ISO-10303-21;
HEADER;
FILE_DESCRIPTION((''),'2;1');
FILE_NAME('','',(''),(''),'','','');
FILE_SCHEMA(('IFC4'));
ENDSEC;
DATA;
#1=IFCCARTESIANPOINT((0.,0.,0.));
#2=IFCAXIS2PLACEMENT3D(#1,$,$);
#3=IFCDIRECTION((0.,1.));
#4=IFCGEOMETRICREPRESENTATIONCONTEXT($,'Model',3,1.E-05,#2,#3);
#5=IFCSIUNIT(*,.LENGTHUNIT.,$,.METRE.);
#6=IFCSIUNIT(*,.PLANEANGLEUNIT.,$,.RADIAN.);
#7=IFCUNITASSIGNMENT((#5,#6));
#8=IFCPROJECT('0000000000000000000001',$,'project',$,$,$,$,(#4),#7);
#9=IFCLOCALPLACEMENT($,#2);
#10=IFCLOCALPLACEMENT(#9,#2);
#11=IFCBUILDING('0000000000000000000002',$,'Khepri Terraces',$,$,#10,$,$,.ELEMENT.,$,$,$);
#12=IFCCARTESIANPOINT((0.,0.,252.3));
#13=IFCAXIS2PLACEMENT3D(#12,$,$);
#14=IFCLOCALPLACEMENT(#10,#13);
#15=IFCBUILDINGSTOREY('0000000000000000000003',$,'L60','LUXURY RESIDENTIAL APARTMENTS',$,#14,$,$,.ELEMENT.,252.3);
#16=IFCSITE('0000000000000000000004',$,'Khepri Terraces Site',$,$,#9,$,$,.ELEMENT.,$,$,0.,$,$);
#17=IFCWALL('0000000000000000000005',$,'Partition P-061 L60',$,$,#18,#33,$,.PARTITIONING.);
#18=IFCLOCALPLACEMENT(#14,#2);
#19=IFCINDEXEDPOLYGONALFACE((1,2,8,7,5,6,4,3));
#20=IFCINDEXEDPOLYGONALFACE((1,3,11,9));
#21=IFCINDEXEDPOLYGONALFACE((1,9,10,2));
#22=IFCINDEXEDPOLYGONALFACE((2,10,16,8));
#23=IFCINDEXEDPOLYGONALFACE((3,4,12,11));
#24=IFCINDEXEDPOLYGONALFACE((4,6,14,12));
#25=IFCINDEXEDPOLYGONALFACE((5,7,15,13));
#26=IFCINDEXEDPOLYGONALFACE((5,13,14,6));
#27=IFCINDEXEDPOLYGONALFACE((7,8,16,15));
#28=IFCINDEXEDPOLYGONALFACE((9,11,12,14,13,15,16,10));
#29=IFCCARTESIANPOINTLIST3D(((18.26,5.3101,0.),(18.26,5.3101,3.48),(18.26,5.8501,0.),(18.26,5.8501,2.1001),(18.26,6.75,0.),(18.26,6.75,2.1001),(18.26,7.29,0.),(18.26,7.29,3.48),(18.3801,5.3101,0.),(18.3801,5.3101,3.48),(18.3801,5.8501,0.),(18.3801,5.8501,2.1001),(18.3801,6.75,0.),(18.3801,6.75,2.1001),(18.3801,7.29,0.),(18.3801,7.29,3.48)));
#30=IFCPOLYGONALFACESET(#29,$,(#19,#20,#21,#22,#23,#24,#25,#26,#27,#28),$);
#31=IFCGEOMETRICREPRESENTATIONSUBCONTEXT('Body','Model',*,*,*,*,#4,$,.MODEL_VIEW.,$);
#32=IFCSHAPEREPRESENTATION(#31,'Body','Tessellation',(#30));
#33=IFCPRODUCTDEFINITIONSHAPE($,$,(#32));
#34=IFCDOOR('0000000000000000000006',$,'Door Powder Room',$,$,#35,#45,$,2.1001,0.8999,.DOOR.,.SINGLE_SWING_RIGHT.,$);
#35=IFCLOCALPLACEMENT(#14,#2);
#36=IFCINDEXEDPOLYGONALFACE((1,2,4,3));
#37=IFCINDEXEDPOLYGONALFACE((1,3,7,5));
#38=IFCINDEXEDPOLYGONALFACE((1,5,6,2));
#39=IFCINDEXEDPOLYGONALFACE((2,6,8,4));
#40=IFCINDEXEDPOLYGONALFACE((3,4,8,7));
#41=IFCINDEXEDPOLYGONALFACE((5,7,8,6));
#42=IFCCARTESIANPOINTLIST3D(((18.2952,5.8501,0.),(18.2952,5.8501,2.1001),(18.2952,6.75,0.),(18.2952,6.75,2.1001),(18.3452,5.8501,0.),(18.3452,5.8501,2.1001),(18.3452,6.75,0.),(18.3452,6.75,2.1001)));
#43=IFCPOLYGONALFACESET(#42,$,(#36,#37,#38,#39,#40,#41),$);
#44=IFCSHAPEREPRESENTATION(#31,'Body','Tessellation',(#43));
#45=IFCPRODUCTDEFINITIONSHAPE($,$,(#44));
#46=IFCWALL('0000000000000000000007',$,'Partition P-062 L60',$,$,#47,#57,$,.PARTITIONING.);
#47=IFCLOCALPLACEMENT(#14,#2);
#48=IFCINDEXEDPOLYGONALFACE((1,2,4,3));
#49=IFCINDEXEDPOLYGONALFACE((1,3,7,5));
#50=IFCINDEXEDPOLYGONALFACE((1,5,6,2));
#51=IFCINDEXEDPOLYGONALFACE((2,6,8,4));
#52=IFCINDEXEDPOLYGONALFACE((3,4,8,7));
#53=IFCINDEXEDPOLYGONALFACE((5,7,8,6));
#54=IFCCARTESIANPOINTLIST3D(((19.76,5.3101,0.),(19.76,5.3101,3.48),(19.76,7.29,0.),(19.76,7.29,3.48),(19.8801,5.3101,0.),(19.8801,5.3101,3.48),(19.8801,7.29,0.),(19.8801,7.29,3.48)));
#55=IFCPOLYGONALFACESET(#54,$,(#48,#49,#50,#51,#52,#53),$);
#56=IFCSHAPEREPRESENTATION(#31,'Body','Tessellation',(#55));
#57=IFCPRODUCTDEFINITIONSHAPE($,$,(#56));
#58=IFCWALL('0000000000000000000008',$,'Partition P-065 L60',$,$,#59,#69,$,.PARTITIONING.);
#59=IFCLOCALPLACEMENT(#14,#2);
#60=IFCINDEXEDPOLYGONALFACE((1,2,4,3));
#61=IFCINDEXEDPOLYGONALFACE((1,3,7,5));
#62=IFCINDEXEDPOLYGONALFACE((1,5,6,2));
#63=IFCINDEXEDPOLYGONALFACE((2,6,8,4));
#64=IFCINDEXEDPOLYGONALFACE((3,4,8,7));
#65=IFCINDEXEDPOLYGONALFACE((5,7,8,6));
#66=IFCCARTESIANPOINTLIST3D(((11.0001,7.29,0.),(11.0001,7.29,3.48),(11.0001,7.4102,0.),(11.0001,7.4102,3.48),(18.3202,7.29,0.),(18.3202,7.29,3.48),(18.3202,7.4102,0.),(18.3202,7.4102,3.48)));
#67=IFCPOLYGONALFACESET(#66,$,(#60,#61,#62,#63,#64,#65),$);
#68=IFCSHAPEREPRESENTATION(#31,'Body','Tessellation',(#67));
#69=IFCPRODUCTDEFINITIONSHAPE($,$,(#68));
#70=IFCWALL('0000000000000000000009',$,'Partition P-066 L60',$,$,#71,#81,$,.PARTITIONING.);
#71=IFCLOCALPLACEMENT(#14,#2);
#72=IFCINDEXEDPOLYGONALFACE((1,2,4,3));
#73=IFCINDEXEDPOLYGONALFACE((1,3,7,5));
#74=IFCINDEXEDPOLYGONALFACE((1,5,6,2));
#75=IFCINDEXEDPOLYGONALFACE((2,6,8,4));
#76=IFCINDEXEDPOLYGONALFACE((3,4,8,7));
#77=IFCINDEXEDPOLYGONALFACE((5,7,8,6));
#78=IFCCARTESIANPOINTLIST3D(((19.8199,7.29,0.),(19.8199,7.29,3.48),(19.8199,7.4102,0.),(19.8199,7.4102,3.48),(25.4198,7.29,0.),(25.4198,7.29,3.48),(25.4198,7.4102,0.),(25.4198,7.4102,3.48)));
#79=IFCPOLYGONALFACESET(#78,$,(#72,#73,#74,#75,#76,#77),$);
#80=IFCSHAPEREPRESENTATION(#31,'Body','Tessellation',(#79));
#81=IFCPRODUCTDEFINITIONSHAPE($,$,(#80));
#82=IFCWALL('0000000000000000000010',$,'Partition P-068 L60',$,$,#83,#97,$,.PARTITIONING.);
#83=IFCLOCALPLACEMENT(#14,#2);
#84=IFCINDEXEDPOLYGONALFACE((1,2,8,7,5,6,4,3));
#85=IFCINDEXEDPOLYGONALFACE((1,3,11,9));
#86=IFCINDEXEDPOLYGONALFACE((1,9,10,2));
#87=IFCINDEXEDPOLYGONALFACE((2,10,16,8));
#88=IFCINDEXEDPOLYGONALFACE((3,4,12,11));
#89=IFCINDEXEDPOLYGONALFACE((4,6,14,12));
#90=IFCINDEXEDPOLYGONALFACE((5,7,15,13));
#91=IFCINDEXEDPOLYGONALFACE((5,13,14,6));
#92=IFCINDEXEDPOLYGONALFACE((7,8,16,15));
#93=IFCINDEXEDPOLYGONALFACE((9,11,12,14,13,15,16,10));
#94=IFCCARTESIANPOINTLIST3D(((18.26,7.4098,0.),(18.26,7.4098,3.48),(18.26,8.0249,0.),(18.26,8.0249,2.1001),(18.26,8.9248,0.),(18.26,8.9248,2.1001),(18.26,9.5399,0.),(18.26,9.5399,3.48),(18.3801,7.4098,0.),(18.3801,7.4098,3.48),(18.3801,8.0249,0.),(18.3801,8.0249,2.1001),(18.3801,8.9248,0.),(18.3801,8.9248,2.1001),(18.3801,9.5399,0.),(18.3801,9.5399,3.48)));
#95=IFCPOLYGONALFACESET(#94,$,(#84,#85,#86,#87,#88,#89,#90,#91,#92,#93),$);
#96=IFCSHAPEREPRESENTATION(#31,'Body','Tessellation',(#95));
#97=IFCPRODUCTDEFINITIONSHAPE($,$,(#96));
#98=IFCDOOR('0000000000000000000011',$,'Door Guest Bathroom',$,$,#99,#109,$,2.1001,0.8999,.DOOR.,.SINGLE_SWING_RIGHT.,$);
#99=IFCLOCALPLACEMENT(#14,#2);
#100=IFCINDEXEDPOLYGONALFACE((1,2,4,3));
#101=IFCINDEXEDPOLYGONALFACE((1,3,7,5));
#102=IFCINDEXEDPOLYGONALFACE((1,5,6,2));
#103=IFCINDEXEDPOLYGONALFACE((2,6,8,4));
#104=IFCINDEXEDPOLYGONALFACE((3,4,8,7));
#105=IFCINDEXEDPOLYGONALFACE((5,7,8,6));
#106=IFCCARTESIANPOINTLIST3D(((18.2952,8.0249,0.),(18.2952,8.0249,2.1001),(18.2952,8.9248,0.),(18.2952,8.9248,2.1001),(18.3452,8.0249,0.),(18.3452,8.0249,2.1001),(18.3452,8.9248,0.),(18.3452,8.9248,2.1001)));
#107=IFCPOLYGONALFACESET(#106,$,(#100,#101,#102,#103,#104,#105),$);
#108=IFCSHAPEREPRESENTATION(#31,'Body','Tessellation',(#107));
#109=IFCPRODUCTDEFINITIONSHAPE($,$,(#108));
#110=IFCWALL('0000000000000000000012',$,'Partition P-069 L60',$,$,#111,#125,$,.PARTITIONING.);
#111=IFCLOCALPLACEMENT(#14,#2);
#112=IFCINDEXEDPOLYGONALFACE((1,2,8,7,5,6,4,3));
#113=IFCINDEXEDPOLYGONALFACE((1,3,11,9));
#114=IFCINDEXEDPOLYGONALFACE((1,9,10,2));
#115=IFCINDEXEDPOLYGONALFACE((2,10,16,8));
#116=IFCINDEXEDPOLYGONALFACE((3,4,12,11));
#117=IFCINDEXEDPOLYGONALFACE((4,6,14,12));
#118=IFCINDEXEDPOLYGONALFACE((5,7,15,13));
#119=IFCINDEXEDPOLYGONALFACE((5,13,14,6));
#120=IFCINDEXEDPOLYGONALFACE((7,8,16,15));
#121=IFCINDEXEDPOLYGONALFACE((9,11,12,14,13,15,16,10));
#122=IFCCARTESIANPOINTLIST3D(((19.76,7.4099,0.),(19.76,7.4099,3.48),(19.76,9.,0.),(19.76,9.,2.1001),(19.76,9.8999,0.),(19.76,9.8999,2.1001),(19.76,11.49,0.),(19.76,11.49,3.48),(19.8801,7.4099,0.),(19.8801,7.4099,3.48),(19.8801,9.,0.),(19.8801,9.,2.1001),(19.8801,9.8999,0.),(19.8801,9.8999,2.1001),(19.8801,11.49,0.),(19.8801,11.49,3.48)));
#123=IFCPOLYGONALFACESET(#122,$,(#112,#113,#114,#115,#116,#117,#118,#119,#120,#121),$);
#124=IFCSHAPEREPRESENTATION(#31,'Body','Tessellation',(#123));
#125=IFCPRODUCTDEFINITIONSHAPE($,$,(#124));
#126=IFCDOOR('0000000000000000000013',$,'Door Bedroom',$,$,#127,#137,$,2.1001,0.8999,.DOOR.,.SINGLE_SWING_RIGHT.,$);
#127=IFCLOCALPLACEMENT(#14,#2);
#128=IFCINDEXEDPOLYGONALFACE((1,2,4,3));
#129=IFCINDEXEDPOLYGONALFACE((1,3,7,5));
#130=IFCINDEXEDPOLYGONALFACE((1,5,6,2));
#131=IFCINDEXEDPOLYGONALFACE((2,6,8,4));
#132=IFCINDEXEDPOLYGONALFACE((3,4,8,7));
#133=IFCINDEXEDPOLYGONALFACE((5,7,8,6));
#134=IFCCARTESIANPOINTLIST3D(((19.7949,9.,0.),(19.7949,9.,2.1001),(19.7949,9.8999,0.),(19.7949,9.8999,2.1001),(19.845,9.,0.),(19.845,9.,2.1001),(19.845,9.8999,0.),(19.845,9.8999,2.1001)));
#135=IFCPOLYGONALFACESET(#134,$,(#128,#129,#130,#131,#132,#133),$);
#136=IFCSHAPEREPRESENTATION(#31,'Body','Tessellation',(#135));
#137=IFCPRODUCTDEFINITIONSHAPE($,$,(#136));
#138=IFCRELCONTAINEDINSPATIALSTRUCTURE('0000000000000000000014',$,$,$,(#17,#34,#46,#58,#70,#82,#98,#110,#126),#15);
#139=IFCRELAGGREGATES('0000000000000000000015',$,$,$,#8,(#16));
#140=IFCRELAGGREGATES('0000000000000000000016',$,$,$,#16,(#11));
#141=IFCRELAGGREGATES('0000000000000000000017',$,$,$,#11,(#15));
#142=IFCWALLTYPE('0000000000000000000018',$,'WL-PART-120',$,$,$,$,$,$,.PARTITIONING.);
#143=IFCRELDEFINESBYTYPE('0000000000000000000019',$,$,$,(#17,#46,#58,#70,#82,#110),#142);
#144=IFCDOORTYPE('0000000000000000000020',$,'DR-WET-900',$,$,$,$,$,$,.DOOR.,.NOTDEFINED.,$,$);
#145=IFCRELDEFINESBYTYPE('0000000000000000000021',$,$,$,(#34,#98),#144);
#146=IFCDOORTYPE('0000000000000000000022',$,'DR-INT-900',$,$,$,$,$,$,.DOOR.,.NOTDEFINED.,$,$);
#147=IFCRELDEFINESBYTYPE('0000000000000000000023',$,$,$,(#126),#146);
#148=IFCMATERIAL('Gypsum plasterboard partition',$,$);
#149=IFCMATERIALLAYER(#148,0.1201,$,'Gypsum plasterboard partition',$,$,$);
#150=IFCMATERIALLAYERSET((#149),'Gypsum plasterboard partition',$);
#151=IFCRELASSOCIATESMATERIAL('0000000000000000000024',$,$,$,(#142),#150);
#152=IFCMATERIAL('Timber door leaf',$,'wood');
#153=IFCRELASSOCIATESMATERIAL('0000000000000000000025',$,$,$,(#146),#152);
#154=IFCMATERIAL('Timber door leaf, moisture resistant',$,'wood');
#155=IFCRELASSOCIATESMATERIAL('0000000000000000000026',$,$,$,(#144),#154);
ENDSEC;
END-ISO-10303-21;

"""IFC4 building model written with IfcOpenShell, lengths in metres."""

from ifc_helpers import new_model, si_unit, direction, frame, frame_2d, origin, place, context, subcontext, project, spatial, rectangle, extrude, material, layer, layer_set, type_object, element, fill, save


model = new_model("IFC4")

# Units and contexts
model_context = context("Model", 3, precision=1e-05, world=origin(), true_north=direction((0.0, 1.0)))
body_context = subcontext(model_context, "Body", "Model", "MODEL_VIEW")
ifc_project = project(units=[si_unit("LENGTHUNIT", "METRE"), si_unit("PLANEANGLEUNIT", "RADIAN")], contexts=[model_context])

# Site, building, storey
site_placement = place(None, origin())
site = spatial("IfcSite", under=ifc_project, at=site_placement, Name="Khepri Terraces Site", CompositionType="ELEMENT", RefElevation=0.0)
building_placement = place(site_placement, origin())
building = spatial("IfcBuilding", under=site, at=building_placement, Name="Khepri Terraces", CompositionType="ELEMENT")
storey_placement = place(building_placement, frame((0.0, 0.0, 252.3)))
storey = spatial("IfcBuildingStorey", under=building, at=storey_placement, Name="L60", Description="LUXURY RESIDENTIAL APARTMENTS", CompositionType="ELEMENT", Elevation=252.3)

# Shared definitions
ifc_material_1 = material(Name="Gypsum plasterboard partition")
ifc_layer_1 = layer(ifc_material_1, 0.1201, Name="Gypsum plasterboard partition")
ifc_layer_set_1 = layer_set([ifc_layer_1], Name="Gypsum plasterboard partition")
wall_type_1 = type_object("IfcWallType", Name="WL-PART-120", PredefinedType="PARTITIONING", material=ifc_layer_set_1)

# Shared definitions
ifc_material_2 = material(Name="Timber door leaf", Category="wood")
door_type_1 = type_object("IfcDoorType", Name="DR-INT-900", OperationType="NOTDEFINED", PredefinedType="DOOR", material=ifc_material_2)

# Wall, opening, door
ifc_material_3 = material(Name="Timber door leaf, moisture resistant", Category="wood")
door_type_2 = type_object("IfcDoorType", Name="DR-WET-900", OperationType="NOTDEFINED", PredefinedType="DOOR", material=ifc_material_3)
wall_1_placement = place(storey_placement, frame((18.3201, 5.3101, 0.0), z_axis=(0.0, 0.0, 1.0), x_axis=(0.0, 1.0, 0.0)))
wall_1 = element("IfcWall", 1, at=wall_1_placement, inside=storey, type_object=wall_type_1, Name="Partition P-061 L60", PredefinedType="PARTITIONING", context=body_context, shape_type="SweptSolid", body=[
    extrude(rectangle(XDim=1.98, YDim=0.1201, at=frame_2d((0.99, 0.0))), origin(), (0.0, 0.0, 1.0), 3.48),
])
opening_1_placement = place(wall_1_placement, frame((0.54, 0.0, 0.0)))
opening_1 = element("IfcOpeningElement", 2, at=opening_1_placement, cuts=wall_1, PredefinedType="OPENING", context=body_context, shape_type="SweptSolid", body=[
    extrude(rectangle(XDim=0.8999, YDim=2.1001, at=frame_2d((0.45, 1.05))), frame((0.0, 0.0701, 0.0), z_axis=(0.0, -1.0, 0.0), x_axis=(1.0, 0.0, 0.0)), (0.0, 0.0, 1.0), 0.1401),
])
door_1_placement = place(opening_1_placement, origin())
door_1 = element("IfcDoor", 3, at=door_1_placement, inside=storey, type_object=door_type_2, Name="Door Powder Room", OperationType="SINGLE_SWING_RIGHT", OverallHeight=2.1001, OverallWidth=0.8999, PredefinedType="DOOR", context=body_context, shape_type="SweptSolid", body=[
    extrude(rectangle(XDim=0.8999, YDim=2.1001, at=frame_2d((0.45, 1.05))), frame((0.0, 0.0249, 0.0), z_axis=(0.0, -1.0, 0.0), x_axis=(1.0, 0.0, 0.0)), (0.0, 0.0, 1.0), 0.05),
])
fill(opening_1, door_1)

# Walls
wall_2_placement = place(storey_placement, frame((19.8201, 5.3101, 0.0), z_axis=(0.0, 0.0, 1.0), x_axis=(0.0, 1.0, 0.0)))
element("IfcWall", 4, at=wall_2_placement, inside=storey, type_object=wall_type_1, Name="Partition P-062 L60", PredefinedType="PARTITIONING", context=body_context, shape_type="SweptSolid", body=[
    extrude(rectangle(XDim=1.98, YDim=0.1201, at=frame_2d((0.99, 0.0))), origin(), (0.0, 0.0, 1.0), 3.48),
])
wall_3_placement = place(storey_placement, frame((11.0, 7.3501, 0.0), z_axis=(0.0, 0.0, 1.0), x_axis=(1.0, 0.0, 0.0)))
element("IfcWall", 5, at=wall_3_placement, inside=storey, type_object=wall_type_1, Name="Partition P-065 L60", PredefinedType="PARTITIONING", context=body_context, shape_type="SweptSolid", body=[
    extrude(rectangle(XDim=7.3201, YDim=0.1201, at=frame_2d((3.6602, 0.0))), origin(), (0.0, 0.0, 1.0), 3.48),
])
wall_4_placement = place(storey_placement, frame((19.8201, 7.3501, 0.0), z_axis=(0.0, 0.0, 1.0), x_axis=(1.0, 0.0, 0.0)))
element("IfcWall", 6, at=wall_4_placement, inside=storey, type_object=wall_type_1, Name="Partition P-066 L60", PredefinedType="PARTITIONING", context=body_context, shape_type="SweptSolid", body=[
    extrude(rectangle(XDim=5.5999, YDim=0.1201, at=frame_2d((2.7998, 0.0))), origin(), (0.0, 0.0, 1.0), 3.48),
])

# Walls, openings, doors
wall_5_placement = place(storey_placement, frame((18.3201, 7.4099, 0.0), z_axis=(0.0, 0.0, 1.0), x_axis=(0.0, 1.0, 0.0)))
wall_5 = element("IfcWall", 7, at=wall_5_placement, inside=storey, type_object=wall_type_1, Name="Partition P-068 L60", PredefinedType="PARTITIONING", context=body_context, shape_type="SweptSolid", body=[
    extrude(rectangle(XDim=2.1301, YDim=0.1201, at=frame_2d((1.0649, 0.0))), origin(), (0.0, 0.0, 1.0), 3.48),
])
opening_2_placement = place(wall_5_placement, frame((0.615, 0.0, 0.0)))
opening_2 = element("IfcOpeningElement", 8, at=opening_2_placement, cuts=wall_5, PredefinedType="OPENING", context=body_context, shape_type="SweptSolid", body=[
    extrude(rectangle(XDim=0.8999, YDim=2.1001, at=frame_2d((0.45, 1.05))), frame((0.0, 0.0701, 0.0), z_axis=(0.0, -1.0, 0.0), x_axis=(1.0, 0.0, 0.0)), (0.0, 0.0, 1.0), 0.1401),
])
door_2_placement = place(opening_2_placement, origin())
door_2 = element("IfcDoor", 9, at=door_2_placement, inside=storey, type_object=door_type_2, Name="Door Guest Bathroom", OperationType="SINGLE_SWING_RIGHT", OverallHeight=2.1001, OverallWidth=0.8999, PredefinedType="DOOR", context=body_context, shape_type="SweptSolid", body=[
    extrude(rectangle(XDim=0.8999, YDim=2.1001, at=frame_2d((0.45, 1.05))), frame((0.0, 0.0249, 0.0), z_axis=(0.0, -1.0, 0.0), x_axis=(1.0, 0.0, 0.0)), (0.0, 0.0, 1.0), 0.05),
])
fill(opening_2, door_2)
wall_6_placement = place(storey_placement, frame((19.8201, 7.4099, 0.0), z_axis=(0.0, 0.0, 1.0), x_axis=(0.0, 1.0, 0.0)))
wall_6 = element("IfcWall", 10, at=wall_6_placement, inside=storey, type_object=wall_type_1, Name="Partition P-069 L60", PredefinedType="PARTITIONING", context=body_context, shape_type="SweptSolid", body=[
    extrude(rectangle(XDim=4.0801, YDim=0.1201, at=frame_2d((2.04, 0.0))), origin(), (0.0, 0.0, 1.0), 3.48),
])
opening_3_placement = place(wall_6_placement, frame((1.5901, 0.0, 0.0)))
opening_3 = element("IfcOpeningElement", 11, at=opening_3_placement, cuts=wall_6, PredefinedType="OPENING", context=body_context, shape_type="SweptSolid", body=[
    extrude(rectangle(XDim=0.8999, YDim=2.1001, at=frame_2d((0.45, 1.05))), frame((0.0, 0.0701, 0.0), z_axis=(0.0, -1.0, 0.0), x_axis=(1.0, 0.0, 0.0)), (0.0, 0.0, 1.0), 0.1401),
])
door_3_placement = place(opening_3_placement, frame((0.8999, 0.0, 0.0), z_axis=(0.0, 0.0, 1.0), x_axis=(-1.0, 0.0, 0.0)))
door_3 = element("IfcDoor", 12, at=door_3_placement, inside=storey, type_object=door_type_1, Name="Door Bedroom", OperationType="SINGLE_SWING_RIGHT", OverallHeight=2.1001, OverallWidth=0.8999, PredefinedType="DOOR", context=body_context, shape_type="SweptSolid", body=[
    extrude(rectangle(XDim=0.8999, YDim=2.1001, at=frame_2d((0.45, 1.05))), frame((0.0, 0.0249, 0.0), z_axis=(0.0, -1.0, 0.0), x_axis=(1.0, 0.0, 0.0)), (0.0, 0.0, 1.0), 0.05),
])
fill(opening_3, door_3)

save(model, "model.ifc")
